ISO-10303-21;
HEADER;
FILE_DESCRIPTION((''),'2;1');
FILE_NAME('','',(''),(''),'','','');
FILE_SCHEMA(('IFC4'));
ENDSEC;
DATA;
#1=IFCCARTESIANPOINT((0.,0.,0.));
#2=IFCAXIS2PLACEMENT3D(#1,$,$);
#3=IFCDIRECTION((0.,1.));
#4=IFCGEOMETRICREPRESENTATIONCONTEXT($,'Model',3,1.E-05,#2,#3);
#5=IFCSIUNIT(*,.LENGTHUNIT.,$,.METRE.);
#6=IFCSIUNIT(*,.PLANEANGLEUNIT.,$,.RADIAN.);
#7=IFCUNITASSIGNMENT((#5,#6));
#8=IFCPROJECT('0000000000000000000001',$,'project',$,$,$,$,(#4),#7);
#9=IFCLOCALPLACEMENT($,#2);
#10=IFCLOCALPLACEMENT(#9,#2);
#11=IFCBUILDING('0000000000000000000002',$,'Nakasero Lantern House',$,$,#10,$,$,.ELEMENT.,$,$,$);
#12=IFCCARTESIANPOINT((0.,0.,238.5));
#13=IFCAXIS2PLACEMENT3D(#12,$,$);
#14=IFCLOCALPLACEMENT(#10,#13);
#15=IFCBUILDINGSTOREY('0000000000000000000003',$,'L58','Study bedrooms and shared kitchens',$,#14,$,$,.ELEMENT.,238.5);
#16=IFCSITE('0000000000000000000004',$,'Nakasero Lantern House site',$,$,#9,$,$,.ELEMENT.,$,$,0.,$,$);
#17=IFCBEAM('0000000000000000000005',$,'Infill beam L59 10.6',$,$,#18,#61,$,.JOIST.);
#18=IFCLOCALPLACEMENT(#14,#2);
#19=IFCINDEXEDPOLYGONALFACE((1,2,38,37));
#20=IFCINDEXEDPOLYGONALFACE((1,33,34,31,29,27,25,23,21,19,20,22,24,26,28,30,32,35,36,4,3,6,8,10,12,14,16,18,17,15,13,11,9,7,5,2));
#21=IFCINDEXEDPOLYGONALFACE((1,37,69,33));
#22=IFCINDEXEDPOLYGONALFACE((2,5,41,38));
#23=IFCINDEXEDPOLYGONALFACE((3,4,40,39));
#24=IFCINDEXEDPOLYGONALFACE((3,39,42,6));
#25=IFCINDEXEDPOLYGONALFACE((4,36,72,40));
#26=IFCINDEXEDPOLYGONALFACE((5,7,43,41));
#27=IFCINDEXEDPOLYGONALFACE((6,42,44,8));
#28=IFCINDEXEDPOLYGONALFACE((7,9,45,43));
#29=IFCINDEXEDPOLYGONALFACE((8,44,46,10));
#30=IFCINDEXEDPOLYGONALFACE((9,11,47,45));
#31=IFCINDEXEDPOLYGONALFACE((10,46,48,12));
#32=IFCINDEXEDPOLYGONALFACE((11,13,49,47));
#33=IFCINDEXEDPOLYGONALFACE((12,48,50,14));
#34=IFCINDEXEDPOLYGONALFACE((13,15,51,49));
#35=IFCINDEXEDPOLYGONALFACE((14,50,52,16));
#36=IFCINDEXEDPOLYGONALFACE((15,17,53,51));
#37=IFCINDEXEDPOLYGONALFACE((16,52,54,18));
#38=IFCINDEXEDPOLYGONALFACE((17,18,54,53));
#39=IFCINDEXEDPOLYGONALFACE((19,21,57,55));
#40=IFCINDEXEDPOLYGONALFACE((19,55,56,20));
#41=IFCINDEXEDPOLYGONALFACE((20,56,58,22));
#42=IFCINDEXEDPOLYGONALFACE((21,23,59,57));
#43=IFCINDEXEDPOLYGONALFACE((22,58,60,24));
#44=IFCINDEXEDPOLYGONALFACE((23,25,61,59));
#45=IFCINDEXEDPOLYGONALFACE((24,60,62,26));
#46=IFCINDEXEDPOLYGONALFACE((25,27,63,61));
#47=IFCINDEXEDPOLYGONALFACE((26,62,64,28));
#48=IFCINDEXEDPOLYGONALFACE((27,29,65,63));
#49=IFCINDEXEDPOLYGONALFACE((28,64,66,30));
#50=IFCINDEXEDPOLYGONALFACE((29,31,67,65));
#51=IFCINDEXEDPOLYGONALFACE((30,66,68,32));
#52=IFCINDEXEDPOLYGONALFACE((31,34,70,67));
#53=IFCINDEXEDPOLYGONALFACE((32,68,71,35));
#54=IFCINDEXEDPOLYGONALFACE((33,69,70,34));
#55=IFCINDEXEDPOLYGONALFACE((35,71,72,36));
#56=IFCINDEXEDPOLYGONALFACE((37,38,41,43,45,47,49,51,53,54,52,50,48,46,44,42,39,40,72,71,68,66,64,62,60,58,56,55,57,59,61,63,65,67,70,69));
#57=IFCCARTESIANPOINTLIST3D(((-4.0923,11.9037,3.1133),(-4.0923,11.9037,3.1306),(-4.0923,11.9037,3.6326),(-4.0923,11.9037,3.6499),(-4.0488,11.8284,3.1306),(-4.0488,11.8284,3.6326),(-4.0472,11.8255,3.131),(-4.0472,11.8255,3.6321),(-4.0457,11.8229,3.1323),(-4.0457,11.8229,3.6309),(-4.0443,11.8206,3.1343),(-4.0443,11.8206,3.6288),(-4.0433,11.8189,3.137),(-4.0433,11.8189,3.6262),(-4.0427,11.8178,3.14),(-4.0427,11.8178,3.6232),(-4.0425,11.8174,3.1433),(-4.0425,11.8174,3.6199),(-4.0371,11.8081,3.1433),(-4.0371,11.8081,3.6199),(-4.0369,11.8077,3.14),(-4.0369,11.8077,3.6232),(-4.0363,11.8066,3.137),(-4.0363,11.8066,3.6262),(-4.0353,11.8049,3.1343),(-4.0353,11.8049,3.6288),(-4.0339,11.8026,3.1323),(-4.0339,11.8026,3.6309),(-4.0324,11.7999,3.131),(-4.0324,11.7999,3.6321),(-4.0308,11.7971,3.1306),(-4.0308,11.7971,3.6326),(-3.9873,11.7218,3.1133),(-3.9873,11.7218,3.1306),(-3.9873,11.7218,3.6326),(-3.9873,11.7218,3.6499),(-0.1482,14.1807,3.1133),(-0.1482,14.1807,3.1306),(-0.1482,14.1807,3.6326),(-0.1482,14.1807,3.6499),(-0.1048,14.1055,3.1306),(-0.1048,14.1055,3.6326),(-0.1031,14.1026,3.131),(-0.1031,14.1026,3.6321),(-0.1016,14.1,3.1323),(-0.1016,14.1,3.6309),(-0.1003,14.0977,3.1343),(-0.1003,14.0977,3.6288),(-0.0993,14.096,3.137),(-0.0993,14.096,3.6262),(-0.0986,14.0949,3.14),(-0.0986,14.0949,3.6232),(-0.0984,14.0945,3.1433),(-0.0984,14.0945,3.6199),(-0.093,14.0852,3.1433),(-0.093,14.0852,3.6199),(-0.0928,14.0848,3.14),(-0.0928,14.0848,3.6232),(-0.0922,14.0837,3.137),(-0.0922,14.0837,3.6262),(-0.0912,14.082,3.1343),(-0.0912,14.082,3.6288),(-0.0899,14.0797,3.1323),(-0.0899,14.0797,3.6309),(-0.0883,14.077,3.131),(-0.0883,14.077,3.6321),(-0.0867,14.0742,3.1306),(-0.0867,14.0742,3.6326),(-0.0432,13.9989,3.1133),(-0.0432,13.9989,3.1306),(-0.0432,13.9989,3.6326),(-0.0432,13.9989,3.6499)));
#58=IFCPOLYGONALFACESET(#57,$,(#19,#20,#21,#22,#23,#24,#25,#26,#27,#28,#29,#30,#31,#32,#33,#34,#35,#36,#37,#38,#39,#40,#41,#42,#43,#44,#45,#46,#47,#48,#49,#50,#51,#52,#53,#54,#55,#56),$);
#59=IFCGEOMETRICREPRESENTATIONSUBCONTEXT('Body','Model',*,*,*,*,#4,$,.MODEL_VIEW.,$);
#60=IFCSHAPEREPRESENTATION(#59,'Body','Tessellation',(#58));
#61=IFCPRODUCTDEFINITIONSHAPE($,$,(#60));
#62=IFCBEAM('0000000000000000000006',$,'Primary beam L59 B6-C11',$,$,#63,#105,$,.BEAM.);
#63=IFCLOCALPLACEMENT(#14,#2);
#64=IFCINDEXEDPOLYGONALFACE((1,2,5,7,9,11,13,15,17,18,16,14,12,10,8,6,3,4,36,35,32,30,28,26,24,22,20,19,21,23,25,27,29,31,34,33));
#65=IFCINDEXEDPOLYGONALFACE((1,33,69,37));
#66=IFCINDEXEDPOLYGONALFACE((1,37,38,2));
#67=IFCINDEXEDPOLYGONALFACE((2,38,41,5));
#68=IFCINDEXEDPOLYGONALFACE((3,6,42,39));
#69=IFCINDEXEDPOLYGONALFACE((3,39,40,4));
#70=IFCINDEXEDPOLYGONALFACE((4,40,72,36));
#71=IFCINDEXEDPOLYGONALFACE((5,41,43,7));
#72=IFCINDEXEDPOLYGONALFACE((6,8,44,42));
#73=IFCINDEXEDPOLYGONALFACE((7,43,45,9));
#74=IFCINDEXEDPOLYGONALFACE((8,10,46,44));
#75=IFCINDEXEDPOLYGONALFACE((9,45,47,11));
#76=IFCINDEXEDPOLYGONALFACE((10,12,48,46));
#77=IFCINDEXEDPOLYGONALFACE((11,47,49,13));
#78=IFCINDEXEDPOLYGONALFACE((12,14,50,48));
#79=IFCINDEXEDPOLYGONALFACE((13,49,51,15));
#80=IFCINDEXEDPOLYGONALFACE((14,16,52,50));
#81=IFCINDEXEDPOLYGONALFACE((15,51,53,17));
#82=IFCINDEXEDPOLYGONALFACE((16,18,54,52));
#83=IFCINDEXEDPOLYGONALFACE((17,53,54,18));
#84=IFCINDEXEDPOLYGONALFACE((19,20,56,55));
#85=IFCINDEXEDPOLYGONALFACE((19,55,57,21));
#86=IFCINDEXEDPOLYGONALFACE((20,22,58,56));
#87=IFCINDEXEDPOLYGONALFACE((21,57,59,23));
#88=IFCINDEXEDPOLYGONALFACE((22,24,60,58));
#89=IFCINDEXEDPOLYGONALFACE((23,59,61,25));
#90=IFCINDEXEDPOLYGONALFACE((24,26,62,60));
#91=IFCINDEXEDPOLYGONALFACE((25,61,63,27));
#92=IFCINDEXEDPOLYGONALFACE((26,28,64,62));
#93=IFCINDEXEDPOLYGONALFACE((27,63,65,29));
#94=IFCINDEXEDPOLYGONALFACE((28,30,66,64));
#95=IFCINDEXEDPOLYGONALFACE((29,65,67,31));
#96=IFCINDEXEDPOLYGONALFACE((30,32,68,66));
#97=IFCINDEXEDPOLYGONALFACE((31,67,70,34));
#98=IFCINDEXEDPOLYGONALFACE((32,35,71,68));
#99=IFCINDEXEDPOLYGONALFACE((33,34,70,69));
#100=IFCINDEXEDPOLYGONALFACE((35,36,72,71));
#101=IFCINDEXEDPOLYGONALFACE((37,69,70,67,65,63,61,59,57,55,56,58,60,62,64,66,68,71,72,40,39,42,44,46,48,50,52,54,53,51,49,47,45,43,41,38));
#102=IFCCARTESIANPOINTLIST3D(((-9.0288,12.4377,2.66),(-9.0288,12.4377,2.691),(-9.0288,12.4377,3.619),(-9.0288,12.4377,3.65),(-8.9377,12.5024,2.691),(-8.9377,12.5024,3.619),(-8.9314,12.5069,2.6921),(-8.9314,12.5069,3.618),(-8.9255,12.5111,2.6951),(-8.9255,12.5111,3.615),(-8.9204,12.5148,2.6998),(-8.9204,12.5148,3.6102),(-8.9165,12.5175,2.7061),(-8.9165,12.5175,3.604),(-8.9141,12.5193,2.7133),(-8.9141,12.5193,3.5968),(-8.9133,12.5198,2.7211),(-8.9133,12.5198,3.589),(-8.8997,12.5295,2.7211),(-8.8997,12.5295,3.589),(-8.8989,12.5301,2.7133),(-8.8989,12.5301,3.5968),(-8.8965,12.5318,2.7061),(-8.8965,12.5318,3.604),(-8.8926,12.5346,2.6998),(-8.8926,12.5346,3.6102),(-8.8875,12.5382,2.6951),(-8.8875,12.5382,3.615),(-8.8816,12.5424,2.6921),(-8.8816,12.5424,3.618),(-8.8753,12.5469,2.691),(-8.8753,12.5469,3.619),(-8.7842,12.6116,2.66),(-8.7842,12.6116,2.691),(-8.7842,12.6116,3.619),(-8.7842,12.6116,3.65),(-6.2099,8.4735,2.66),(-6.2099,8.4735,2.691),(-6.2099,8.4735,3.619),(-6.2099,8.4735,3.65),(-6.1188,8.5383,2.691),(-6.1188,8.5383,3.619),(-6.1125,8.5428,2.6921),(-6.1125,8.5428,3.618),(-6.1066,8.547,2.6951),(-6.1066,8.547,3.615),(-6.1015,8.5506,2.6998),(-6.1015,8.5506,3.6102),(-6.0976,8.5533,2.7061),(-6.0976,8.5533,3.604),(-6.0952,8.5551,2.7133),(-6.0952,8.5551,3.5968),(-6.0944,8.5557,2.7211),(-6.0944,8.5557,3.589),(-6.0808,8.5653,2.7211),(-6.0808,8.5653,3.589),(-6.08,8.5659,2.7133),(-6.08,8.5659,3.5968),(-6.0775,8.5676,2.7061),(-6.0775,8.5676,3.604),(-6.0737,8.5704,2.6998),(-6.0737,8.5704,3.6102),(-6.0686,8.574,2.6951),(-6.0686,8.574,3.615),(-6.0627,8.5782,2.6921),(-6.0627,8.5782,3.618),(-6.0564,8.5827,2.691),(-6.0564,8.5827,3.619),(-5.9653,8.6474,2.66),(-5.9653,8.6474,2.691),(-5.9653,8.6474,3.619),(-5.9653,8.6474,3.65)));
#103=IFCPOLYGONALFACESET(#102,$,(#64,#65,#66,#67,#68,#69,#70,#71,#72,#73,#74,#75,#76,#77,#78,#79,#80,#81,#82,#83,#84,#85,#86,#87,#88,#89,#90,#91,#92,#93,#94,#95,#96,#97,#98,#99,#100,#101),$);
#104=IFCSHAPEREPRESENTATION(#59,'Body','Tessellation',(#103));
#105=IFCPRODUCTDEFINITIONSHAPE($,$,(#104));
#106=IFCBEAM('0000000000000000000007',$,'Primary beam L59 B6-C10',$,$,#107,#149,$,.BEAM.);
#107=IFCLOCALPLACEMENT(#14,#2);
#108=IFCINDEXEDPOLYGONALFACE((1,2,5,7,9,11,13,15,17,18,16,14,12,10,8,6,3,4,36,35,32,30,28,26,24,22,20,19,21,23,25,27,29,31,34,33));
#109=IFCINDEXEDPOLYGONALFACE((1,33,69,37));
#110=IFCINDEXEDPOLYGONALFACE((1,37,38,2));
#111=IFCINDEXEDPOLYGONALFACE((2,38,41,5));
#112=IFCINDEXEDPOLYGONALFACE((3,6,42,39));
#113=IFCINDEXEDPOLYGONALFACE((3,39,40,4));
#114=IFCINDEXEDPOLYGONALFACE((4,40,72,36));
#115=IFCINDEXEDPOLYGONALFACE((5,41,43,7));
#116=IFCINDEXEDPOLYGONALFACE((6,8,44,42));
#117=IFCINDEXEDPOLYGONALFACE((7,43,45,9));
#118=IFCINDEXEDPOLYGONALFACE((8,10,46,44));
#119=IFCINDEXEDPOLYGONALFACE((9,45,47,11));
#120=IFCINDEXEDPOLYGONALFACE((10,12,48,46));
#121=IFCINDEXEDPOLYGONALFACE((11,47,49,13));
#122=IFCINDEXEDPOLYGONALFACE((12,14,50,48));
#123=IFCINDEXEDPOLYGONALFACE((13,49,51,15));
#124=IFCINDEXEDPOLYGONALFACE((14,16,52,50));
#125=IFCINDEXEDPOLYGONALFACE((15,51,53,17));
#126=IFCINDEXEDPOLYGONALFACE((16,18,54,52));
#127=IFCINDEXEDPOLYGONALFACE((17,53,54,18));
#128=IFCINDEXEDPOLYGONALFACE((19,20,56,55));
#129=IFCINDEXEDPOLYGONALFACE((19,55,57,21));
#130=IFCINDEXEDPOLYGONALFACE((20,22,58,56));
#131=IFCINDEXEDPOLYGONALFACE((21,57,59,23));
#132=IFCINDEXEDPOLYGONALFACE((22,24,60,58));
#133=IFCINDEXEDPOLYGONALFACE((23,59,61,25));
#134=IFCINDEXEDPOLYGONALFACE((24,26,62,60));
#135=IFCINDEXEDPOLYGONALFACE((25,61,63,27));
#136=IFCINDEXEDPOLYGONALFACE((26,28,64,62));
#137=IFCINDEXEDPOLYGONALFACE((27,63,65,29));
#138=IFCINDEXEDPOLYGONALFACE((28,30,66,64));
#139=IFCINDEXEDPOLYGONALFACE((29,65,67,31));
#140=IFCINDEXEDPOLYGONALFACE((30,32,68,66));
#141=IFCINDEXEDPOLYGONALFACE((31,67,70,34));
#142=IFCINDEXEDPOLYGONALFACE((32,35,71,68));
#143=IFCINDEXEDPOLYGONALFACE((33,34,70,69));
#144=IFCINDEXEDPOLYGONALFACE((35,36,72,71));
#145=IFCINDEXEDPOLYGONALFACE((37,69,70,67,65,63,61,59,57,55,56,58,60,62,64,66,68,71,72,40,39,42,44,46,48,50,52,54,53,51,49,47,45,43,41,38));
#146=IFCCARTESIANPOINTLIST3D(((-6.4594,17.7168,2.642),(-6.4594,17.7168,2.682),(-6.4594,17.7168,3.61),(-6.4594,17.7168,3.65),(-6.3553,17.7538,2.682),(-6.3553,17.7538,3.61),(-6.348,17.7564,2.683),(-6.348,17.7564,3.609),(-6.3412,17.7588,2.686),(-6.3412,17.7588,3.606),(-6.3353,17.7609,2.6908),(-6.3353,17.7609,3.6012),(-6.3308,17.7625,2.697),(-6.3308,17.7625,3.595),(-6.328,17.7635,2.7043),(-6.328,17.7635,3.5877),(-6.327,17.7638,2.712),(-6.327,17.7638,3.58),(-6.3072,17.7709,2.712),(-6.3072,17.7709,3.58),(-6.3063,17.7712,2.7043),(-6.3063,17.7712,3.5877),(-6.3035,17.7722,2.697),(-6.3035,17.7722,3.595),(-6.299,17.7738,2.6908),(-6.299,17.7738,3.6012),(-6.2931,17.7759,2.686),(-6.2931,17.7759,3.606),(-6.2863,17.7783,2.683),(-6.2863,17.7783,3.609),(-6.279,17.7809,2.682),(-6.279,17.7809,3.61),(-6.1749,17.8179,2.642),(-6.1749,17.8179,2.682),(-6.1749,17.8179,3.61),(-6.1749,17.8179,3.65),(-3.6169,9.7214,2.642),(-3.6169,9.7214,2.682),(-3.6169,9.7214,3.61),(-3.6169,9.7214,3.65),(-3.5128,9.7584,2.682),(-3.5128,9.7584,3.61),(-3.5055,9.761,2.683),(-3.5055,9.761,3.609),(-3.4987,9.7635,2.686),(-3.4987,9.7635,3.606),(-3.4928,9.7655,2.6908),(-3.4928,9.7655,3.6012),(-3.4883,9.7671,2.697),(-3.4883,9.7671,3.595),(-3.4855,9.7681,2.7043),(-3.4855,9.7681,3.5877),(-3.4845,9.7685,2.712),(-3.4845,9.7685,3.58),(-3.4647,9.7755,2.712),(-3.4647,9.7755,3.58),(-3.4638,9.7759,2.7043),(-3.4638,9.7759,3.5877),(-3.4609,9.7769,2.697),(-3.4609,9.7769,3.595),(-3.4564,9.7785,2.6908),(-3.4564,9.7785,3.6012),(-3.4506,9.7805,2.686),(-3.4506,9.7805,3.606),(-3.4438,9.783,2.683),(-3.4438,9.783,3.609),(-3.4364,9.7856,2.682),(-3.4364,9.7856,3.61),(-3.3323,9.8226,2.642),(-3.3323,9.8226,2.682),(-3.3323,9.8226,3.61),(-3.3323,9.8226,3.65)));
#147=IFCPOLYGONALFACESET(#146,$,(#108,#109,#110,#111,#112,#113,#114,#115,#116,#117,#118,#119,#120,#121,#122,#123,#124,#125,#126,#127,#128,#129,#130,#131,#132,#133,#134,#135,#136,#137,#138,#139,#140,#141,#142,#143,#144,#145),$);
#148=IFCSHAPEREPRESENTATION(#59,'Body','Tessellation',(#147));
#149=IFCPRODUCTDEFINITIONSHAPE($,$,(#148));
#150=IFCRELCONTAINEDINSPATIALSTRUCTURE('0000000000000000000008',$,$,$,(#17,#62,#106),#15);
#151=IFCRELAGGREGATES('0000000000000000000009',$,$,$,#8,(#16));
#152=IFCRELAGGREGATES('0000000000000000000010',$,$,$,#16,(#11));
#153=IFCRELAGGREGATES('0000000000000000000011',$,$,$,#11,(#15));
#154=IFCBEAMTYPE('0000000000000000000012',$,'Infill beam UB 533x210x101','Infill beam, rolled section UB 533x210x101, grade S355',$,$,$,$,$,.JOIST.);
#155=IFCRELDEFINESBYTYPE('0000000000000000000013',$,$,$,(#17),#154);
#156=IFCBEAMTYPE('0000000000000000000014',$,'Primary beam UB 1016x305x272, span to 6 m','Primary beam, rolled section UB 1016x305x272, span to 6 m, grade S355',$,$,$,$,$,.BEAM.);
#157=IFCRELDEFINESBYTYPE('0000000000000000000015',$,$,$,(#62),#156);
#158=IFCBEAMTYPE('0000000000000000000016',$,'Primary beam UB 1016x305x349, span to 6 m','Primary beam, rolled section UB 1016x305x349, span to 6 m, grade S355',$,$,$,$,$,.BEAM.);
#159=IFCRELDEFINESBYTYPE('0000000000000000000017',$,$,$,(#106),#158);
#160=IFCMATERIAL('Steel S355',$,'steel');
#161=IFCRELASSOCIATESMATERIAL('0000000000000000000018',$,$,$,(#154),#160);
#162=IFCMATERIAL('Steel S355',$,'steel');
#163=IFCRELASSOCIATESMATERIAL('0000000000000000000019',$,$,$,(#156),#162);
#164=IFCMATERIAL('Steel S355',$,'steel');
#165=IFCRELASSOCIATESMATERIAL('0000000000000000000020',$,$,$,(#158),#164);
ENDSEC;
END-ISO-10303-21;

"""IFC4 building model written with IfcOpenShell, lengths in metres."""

from ifc_helpers import new_model, si_unit, direction, frame, origin, origin_2d, place, context, subcontext, project, spatial, i_section, extrude, material, material_profile, profile_set, type_object, element, save


model = new_model("IFC4")

# Units and contexts
model_context = context("Model", 3, precision=1e-05, world=origin(), true_north=direction((0.0, 1.0)))
body_context = subcontext(model_context, "Body", "Model", "MODEL_VIEW")
ifc_project = project(units=[si_unit("LENGTHUNIT", "METRE"), si_unit("PLANEANGLEUNIT", "RADIAN")], contexts=[model_context])

# Site, building, storey
site_placement = place(None, origin())
site = spatial("IfcSite", under=ifc_project, at=site_placement, Name="Nakasero Lantern House site", CompositionType="ELEMENT", RefElevation=0.0)
building_placement = place(site_placement, origin())
building = spatial("IfcBuilding", under=site, at=building_placement, Name="Nakasero Lantern House", CompositionType="ELEMENT")
storey_placement = place(building_placement, frame((0.0, 0.0, 238.5)))
storey = spatial("IfcBuildingStorey", under=building, at=storey_placement, Name="L58", Description="Study bedrooms and shared kitchens", CompositionType="ELEMENT", Elevation=238.5)

# Beams
ifc_material_1 = material(Name="Steel S355", Category="steel")
ifc_material_profile_1 = material_profile(ifc_material_1, i_section(OverallWidth=0.21, OverallDepth=0.5366, WebThickness=0.0107, FlangeThickness=0.0173, FilletRadius=0.0127, at=origin_2d()), Name="UB 533x210x101")
ifc_profile_set_1 = profile_set([ifc_material_profile_1], Name="Steel S355")
beam_type_1 = type_object("IfcBeamType", Name="Infill beam UB 533x210x101", Description="Infill beam, rolled section UB 533x210x101, grade S355", PredefinedType="JOIST", material=ifc_profile_set_1)
beam_1_placement = place(storey_placement, frame((-4.0398, 11.8127, 3.3816), z_axis=(0.866028, 0.499996, 0.0), x_axis=(-0.499996, 0.866028, 0.0)))
element("IfcBeam", 1, at=beam_1_placement, inside=storey, type_object=beam_type_1, Name="Infill beam L59 10.6", PredefinedType="JOIST", context=body_context, shape_type="SweptSolid", body=[
    extrude(i_section(OverallWidth=0.21, OverallDepth=0.5366, WebThickness=0.0107, FlangeThickness=0.0173, FilletRadius=0.0127, at=origin_2d()), origin(), (0.0, 0.0, 1.0), 4.5542),
])
ifc_material_2 = material(Name="Steel S355", Category="steel")
ifc_material_profile_2 = material_profile(ifc_material_2, i_section(OverallWidth=0.3, OverallDepth=0.99, WebThickness=0.0166, FlangeThickness=0.031, FilletRadius=0.03, at=origin_2d()), Name="UB 1016x305x272")
ifc_profile_set_2 = profile_set([ifc_material_profile_2], Name="Steel S355")
beam_type_2 = type_object("IfcBeamType", Name="Primary beam UB 1016x305x272, span to 6 m", Description="Primary beam, rolled section UB 1016x305x272, span to 6 m, grade S355", PredefinedType="BEAM", material=ifc_profile_set_2)
beam_2_placement = place(storey_placement, frame((-8.9065, 12.5247, 3.155), z_axis=(0.579513, -0.814963, 0.0), x_axis=(0.814963, 0.579513, 0.0)))
element("IfcBeam", 2, at=beam_2_placement, inside=storey, type_object=beam_type_2, Name="Primary beam L59 B6-C11", PredefinedType="BEAM", context=body_context, shape_type="SweptSolid", body=[
    extrude(i_section(OverallWidth=0.3, OverallDepth=0.99, WebThickness=0.0166, FlangeThickness=0.031, FilletRadius=0.03, at=origin_2d()), origin(), (0.0, 0.0, 1.0), 4.8643),
])
ifc_material_3 = material(Name="Steel S355", Category="steel")
ifc_material_profile_3 = material_profile(ifc_material_3, i_section(OverallWidth=0.302, OverallDepth=1.0081, WebThickness=0.021, FlangeThickness=0.04, FilletRadius=0.03, at=origin_2d()), Name="UB 1016x305x349")
ifc_profile_set_3 = profile_set([ifc_material_profile_3], Name="Steel S355")
beam_type_3 = type_object("IfcBeamType", Name="Primary beam UB 1016x305x349, span to 6 m", Description="Primary beam, rolled section UB 1016x305x349, span to 6 m, grade S355", PredefinedType="BEAM", material=ifc_profile_set_3)
beam_3_placement = place(storey_placement, frame((-6.3171, 17.7673, 3.146), z_axis=(0.334982, -0.942225, 0.0), x_axis=(0.942225, 0.334982, 0.0)))
element("IfcBeam", 3, at=beam_3_placement, inside=storey, type_object=beam_type_3, Name="Primary beam L59 B6-C10", PredefinedType="BEAM", context=body_context, shape_type="SweptSolid", body=[
    extrude(i_section(OverallWidth=0.302, OverallDepth=1.0081, WebThickness=0.021, FlangeThickness=0.04, FilletRadius=0.03, at=origin_2d()), origin(), (0.0, 0.0, 1.0), 8.4856),
])

save(model, "model.ifc")
